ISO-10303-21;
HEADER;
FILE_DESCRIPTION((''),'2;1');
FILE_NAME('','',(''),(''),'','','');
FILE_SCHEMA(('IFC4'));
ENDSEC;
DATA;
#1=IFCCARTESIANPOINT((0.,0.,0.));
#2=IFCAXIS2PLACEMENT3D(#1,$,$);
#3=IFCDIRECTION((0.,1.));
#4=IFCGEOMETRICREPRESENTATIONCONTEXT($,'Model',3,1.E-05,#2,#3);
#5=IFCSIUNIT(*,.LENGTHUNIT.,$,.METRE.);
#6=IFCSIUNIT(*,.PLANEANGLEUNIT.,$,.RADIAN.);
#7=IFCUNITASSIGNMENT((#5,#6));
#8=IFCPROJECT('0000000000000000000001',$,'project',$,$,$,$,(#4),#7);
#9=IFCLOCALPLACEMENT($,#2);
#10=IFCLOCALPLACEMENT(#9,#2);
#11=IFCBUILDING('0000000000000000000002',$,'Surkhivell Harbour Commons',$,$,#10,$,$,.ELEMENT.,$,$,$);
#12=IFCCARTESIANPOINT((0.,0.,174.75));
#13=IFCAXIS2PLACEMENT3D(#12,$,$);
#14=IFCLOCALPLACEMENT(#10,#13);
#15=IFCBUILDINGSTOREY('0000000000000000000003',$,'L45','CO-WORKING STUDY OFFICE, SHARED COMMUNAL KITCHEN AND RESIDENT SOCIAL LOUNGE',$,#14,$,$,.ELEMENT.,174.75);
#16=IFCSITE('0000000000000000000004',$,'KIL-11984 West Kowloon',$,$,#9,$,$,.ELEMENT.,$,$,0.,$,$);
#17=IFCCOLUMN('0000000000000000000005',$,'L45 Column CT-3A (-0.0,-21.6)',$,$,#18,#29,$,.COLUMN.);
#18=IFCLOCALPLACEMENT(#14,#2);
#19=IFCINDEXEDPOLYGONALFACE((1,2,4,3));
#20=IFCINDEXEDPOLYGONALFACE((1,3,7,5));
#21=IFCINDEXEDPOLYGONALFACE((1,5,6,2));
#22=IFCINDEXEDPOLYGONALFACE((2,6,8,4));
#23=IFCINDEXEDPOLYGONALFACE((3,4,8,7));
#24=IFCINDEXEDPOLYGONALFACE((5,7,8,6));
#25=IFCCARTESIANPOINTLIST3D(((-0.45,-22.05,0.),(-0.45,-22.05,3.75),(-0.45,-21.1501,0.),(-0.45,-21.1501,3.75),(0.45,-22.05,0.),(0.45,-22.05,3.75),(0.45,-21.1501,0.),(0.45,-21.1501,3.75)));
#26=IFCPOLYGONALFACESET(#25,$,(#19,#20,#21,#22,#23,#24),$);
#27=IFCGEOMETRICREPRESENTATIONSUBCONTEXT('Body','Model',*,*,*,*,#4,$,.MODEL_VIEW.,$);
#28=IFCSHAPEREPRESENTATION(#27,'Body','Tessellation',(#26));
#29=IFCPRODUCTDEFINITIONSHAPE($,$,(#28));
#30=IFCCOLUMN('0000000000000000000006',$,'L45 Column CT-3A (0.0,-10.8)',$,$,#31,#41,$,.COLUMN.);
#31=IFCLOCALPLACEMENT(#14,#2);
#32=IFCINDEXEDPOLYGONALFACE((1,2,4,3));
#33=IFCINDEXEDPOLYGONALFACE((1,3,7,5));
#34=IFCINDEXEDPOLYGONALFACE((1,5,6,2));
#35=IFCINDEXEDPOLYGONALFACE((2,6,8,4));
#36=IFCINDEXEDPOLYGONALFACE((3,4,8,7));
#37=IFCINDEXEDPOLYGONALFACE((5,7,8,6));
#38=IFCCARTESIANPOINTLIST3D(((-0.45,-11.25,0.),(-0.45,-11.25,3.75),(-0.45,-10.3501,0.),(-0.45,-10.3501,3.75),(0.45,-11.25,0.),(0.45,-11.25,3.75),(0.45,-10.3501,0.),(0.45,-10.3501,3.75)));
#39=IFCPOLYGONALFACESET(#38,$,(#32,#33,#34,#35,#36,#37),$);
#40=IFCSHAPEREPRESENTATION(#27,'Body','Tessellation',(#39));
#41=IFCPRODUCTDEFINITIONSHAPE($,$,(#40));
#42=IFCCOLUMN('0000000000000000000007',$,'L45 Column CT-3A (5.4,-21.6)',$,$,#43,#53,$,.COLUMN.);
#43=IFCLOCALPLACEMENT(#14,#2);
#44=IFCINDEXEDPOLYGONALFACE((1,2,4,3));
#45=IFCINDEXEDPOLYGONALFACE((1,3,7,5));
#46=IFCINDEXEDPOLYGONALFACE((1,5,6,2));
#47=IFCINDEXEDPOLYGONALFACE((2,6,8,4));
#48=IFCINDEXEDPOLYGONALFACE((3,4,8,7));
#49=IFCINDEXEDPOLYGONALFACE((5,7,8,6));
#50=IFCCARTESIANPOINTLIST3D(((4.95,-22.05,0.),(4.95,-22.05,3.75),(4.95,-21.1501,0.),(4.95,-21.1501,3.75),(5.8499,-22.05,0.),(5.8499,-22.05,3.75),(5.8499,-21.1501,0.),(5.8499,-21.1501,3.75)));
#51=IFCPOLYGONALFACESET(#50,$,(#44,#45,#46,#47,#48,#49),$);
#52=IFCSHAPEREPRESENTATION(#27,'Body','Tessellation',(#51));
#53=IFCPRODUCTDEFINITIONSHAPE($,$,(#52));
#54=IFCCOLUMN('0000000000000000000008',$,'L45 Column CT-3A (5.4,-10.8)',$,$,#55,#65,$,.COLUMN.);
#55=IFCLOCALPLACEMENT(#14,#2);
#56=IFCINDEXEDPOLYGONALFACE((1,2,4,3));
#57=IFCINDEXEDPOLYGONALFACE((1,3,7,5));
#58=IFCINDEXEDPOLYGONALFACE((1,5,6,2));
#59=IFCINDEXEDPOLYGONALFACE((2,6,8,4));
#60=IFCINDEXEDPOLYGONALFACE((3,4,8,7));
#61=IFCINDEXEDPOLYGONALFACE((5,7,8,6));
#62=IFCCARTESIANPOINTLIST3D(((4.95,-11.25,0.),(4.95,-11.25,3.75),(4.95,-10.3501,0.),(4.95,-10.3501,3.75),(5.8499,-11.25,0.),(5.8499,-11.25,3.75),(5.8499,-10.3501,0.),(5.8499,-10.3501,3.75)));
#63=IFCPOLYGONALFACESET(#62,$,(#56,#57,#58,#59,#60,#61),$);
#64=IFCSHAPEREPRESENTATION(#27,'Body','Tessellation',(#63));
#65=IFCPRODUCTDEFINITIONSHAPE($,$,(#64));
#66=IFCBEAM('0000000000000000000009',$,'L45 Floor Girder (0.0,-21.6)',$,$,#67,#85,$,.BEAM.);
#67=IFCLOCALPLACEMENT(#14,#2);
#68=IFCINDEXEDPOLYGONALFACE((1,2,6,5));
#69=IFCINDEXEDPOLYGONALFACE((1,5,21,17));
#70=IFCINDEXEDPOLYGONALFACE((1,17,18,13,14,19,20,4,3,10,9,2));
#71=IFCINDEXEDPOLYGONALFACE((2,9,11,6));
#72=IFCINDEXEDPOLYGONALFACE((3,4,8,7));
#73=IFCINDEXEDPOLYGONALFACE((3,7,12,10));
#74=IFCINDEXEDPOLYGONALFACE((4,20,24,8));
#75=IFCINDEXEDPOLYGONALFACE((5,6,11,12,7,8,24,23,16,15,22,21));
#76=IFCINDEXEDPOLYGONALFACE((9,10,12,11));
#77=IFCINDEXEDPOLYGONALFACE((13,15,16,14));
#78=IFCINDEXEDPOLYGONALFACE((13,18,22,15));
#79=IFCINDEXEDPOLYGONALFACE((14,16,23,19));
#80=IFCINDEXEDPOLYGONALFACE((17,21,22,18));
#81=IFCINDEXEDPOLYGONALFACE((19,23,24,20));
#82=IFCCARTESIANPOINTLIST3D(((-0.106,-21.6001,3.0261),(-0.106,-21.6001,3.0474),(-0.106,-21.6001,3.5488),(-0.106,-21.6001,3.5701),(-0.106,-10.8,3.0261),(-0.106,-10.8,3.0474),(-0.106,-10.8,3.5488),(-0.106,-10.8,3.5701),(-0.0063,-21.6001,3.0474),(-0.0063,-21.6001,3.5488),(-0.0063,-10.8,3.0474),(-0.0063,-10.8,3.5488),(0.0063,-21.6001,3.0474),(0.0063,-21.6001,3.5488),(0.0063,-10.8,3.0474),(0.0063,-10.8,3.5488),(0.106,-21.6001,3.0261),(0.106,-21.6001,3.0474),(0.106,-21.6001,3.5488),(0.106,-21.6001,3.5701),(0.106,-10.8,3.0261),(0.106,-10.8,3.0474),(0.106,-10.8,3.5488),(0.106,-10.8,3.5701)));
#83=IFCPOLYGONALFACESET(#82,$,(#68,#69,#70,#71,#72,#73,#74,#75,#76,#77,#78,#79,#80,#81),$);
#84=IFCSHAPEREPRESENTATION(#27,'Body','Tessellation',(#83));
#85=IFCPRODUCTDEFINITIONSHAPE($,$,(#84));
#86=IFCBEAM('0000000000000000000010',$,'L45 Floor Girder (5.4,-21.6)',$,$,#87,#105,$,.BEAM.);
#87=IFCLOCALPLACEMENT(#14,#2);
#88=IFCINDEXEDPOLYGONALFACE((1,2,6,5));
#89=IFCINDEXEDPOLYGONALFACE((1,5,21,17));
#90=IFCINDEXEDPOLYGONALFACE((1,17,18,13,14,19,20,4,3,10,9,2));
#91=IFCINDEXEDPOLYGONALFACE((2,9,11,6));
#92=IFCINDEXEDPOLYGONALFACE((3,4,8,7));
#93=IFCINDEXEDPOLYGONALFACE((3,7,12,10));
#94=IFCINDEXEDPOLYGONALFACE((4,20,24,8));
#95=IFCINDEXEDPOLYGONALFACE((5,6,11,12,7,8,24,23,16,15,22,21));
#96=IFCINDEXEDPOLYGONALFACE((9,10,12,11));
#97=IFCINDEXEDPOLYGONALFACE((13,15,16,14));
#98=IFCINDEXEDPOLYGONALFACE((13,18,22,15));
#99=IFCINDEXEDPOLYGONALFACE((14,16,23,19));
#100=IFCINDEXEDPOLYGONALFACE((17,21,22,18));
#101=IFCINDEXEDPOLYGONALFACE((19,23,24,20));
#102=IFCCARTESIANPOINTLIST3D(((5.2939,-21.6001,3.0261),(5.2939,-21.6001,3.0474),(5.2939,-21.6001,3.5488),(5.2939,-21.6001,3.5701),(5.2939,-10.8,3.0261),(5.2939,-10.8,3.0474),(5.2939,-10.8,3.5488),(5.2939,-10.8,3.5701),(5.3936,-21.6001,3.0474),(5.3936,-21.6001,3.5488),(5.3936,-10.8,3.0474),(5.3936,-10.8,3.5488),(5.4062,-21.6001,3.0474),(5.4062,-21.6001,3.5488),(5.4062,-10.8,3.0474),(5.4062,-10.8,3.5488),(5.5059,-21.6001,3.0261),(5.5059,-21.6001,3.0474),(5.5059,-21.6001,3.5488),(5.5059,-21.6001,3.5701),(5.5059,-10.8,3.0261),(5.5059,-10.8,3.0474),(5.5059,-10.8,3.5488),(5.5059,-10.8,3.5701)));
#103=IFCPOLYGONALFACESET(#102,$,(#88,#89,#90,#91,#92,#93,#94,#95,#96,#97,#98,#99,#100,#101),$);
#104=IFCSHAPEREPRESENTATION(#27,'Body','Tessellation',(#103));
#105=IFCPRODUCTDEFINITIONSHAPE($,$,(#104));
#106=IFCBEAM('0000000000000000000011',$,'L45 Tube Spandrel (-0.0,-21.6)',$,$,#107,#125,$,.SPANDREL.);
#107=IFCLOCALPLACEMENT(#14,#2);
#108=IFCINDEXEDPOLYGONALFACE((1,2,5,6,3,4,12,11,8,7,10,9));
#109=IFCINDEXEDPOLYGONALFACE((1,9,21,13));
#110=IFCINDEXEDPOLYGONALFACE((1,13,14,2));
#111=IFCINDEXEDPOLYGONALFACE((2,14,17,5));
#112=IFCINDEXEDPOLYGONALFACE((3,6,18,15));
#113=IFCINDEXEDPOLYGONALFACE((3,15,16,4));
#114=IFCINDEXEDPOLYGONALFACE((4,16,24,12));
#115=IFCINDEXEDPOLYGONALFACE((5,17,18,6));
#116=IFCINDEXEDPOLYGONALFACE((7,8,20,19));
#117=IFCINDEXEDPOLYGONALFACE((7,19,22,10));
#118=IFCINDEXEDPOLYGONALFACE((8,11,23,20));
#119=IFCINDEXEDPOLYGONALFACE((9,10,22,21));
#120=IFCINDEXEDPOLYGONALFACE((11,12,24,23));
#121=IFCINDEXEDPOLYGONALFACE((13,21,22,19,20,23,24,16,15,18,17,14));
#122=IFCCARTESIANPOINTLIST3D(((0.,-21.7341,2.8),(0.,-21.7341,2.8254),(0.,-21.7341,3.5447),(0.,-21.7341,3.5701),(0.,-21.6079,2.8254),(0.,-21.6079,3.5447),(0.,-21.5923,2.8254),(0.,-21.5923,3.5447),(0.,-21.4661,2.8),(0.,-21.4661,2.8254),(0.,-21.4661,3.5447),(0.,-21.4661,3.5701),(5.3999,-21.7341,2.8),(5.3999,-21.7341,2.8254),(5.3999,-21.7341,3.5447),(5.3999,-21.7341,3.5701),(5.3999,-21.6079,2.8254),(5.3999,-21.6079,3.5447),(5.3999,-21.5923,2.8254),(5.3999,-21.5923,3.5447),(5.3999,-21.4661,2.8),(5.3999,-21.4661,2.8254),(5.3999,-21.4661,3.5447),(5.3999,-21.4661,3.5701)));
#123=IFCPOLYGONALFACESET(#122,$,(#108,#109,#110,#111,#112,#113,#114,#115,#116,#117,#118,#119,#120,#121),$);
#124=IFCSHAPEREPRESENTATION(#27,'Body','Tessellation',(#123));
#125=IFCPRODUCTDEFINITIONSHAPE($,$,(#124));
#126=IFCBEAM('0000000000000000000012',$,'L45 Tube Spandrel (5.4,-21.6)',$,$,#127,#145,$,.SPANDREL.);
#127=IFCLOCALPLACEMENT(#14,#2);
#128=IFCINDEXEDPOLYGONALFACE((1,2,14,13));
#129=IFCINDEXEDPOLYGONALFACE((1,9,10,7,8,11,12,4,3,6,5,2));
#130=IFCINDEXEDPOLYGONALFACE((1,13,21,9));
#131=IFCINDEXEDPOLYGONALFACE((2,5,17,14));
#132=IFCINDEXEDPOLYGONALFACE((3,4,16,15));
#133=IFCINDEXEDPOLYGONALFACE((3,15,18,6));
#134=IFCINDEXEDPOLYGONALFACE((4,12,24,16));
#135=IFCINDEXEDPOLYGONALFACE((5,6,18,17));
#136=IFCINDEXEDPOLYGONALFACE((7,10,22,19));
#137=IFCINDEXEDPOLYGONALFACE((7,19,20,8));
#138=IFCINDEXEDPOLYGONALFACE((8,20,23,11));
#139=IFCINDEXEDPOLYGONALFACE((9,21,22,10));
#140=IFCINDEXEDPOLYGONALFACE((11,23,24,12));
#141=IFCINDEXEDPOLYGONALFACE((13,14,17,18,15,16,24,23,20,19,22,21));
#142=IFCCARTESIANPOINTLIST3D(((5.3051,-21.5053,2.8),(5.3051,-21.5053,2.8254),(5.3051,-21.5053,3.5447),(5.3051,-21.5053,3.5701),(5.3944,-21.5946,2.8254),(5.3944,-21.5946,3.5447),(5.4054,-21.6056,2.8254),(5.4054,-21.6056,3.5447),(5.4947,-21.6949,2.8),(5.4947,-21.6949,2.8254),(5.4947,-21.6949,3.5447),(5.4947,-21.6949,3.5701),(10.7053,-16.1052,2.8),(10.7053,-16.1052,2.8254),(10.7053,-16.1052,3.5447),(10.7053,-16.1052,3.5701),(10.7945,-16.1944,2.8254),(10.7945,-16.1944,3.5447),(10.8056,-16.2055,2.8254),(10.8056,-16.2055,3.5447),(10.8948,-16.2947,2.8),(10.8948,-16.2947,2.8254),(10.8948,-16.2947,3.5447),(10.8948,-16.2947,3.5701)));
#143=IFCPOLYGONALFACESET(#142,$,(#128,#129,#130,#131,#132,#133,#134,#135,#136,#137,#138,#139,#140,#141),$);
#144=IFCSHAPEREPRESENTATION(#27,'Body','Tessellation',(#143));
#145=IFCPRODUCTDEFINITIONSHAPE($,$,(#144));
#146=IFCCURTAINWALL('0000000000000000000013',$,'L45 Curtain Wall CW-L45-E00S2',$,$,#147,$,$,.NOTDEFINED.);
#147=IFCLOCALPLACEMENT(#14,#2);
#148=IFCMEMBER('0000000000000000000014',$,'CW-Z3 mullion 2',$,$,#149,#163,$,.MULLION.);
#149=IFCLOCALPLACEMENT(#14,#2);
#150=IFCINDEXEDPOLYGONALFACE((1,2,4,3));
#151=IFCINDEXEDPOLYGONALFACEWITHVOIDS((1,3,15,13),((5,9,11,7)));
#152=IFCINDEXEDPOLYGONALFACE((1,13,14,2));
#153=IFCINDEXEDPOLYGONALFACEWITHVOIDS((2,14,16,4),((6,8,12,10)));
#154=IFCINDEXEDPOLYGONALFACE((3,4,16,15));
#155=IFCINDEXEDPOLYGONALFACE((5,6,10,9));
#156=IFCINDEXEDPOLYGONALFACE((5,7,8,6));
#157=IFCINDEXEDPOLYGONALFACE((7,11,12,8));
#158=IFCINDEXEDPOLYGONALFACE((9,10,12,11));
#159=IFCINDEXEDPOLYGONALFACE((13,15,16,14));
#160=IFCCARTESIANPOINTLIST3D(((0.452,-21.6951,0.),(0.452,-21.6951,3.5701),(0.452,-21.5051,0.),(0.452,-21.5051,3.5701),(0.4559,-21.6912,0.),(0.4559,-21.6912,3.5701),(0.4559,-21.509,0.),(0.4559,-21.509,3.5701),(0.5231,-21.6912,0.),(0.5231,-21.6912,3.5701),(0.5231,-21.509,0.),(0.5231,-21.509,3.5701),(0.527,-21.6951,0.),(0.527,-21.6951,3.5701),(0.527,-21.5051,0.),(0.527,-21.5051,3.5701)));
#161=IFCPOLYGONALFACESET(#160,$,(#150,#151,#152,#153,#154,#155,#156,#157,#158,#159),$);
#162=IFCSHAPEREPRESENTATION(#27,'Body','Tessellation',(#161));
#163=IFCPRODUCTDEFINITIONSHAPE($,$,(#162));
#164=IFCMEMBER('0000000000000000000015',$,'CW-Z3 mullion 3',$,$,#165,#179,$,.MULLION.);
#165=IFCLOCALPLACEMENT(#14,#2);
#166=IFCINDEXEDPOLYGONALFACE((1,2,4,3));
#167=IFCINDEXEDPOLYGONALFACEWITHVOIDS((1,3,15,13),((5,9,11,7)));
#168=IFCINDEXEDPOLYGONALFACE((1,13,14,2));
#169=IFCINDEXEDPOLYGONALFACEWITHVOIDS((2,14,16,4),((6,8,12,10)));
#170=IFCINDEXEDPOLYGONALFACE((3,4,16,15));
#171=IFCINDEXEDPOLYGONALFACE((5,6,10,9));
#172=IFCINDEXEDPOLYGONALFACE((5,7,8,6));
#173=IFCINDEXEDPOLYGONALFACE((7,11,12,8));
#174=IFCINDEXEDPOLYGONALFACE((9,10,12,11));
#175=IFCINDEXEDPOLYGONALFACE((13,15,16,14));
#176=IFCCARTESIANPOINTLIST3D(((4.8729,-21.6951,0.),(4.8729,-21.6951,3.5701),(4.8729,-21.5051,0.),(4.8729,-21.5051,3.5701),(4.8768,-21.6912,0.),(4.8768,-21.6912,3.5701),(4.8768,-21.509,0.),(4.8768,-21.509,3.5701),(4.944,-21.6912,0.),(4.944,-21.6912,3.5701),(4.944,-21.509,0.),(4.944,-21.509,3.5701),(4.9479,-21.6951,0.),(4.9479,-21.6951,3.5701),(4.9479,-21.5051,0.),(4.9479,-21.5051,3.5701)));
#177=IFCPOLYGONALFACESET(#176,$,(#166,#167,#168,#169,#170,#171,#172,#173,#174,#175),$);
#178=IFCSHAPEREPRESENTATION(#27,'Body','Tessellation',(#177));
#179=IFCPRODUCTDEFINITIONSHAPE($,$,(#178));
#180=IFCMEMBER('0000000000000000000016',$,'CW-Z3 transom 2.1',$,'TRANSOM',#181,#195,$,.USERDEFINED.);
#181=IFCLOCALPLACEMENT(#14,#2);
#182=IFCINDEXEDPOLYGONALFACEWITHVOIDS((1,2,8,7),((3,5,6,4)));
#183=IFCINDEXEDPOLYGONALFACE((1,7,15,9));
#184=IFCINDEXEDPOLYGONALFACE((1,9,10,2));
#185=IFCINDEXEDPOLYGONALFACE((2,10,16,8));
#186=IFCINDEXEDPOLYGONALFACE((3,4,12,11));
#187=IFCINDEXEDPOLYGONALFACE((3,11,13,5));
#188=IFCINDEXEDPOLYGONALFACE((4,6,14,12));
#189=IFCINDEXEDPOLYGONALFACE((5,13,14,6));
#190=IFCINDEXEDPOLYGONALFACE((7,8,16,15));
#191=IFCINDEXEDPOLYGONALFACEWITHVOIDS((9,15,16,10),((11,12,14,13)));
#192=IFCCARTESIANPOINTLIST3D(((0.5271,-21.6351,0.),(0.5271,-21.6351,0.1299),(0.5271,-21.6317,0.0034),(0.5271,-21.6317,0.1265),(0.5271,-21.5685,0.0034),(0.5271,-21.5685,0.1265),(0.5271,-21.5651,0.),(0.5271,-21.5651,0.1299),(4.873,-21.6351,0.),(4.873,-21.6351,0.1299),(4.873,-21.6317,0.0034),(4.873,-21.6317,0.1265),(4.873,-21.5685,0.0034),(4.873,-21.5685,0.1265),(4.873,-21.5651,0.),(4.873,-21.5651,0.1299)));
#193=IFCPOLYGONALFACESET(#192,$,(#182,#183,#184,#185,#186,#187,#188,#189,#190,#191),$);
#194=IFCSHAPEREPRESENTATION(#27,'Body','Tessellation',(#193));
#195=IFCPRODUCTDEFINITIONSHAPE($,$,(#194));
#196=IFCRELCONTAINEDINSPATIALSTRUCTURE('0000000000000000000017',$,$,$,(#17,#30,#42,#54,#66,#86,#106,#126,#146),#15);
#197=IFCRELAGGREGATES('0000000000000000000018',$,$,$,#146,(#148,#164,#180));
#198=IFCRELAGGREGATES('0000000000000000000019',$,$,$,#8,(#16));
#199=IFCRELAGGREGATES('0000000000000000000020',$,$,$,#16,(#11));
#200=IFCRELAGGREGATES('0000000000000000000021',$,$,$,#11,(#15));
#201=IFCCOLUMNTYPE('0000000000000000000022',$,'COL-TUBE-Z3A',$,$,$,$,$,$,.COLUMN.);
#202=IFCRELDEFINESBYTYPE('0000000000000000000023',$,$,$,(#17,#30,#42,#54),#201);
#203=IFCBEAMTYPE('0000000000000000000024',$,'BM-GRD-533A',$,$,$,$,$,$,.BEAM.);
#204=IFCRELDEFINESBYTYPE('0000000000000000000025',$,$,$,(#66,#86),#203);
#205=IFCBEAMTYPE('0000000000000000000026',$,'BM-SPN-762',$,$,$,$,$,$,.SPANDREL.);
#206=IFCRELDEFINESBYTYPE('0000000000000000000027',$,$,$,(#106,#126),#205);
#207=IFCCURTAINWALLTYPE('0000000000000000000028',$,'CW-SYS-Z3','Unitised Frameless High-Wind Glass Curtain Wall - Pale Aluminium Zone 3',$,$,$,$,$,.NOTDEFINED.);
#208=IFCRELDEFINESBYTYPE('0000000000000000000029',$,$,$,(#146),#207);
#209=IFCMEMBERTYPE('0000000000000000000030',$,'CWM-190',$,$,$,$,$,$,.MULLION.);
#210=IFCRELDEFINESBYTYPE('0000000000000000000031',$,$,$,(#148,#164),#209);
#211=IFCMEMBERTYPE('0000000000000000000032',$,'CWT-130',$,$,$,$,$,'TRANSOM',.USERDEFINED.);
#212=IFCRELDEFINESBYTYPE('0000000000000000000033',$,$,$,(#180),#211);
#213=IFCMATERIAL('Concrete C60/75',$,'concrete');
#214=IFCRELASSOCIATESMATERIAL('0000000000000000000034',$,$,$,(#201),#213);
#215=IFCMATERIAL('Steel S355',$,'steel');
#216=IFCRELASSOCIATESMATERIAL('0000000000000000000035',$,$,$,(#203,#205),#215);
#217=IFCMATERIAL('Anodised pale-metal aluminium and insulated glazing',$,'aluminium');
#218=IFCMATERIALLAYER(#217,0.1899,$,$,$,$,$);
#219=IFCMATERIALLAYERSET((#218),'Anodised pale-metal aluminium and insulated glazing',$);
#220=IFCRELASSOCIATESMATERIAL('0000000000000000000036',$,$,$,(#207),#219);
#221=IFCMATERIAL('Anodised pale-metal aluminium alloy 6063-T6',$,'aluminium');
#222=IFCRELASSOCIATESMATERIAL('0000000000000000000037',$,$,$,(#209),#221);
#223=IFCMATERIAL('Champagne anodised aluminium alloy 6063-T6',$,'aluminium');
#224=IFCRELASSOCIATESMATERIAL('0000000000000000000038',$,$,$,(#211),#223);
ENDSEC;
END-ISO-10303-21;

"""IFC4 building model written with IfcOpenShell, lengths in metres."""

from ifc_helpers import new_model, si_unit, direction, frame, origin, origin_2d, place, context, subcontext, project, spatial, rectangle, hollow_rectangle, i_section, extrude, material, layer, layer_set, material_profile, profile_set, type_object, element, aggregate, save


model = new_model("IFC4")

# Units and contexts
model_context = context("Model", 3, precision=1e-05, world=origin(), true_north=direction((0.0, 1.0)))
body_context = subcontext(model_context, "Body", "Model", "MODEL_VIEW")
ifc_project = project(units=[si_unit("LENGTHUNIT", "METRE"), si_unit("PLANEANGLEUNIT", "RADIAN")], contexts=[model_context])

# Site, building, storey
site_placement = place(None, origin())
site = spatial("IfcSite", under=ifc_project, at=site_placement, Name="KIL-11984 West Kowloon", CompositionType="ELEMENT", RefElevation=0.0)
building_placement = place(site_placement, origin())
building = spatial("IfcBuilding", under=site, at=building_placement, Name="Surkhivell Harbour Commons", CompositionType="ELEMENT")
storey_placement = place(building_placement, frame((0.0, 0.0, 174.75)))
storey = spatial("IfcBuildingStorey", under=building, at=storey_placement, Name="L45", Description="CO-WORKING STUDY OFFICE, SHARED COMMUNAL KITCHEN AND RESIDENT SOCIAL LOUNGE", CompositionType="ELEMENT", Elevation=174.75)

# Columns
ifc_material_1 = material(Name="Concrete C60/75", Category="concrete")
ifc_material_profile_1 = material_profile(ifc_material_1, rectangle(XDim=0.8999, YDim=0.8999, at=origin_2d()), Name="RC-COL-900x900")
ifc_profile_set_1 = profile_set([ifc_material_profile_1], Name="Concrete C60/75")
column_type = type_object("IfcColumnType", Name="COL-TUBE-Z3A", PredefinedType="COLUMN", material=ifc_profile_set_1)
for number, where, z_axis, x_axis, name in (
    (1, (0.0, -21.6001, 0.0), (0.0, 0.0, 1.0), (1.0, 0.0, 0.0), "L45 Column CT-3A (-0.0,-21.6)"),
    (2, (0.0, -10.8, 0.0), (0.0, 0.0, 1.0), (1.0, 0.0, 0.0), "L45 Column CT-3A (0.0,-10.8)"),
    (3, (5.3999, -21.6001, 0.0), (0.0, 0.0, 1.0), (1.0, 0.0, 0.0), "L45 Column CT-3A (5.4,-21.6)"),
    (4, (5.3999, -10.8, 0.0), (0.0, 0.0, 1.0), (1.0, 0.0, 0.0), "L45 Column CT-3A (5.4,-10.8)"),
):
    element("IfcColumn", number, at=place(storey_placement, frame(where, z_axis=z_axis, x_axis=x_axis)), inside=storey, type_object=column_type, Name=name, PredefinedType="COLUMN", context=body_context, shape_type="SweptSolid", body=[
        extrude(rectangle(XDim=0.8999, YDim=0.8999, at=origin_2d()), origin(), (0.0, 0.0, 1.0), 3.75),
    ])

# Beams
ifc_material_2 = material(Name="Steel S355", Category="steel")
ifc_material_profile_2 = material_profile(ifc_material_2, i_section(OverallWidth=0.2119, OverallDepth=0.5439, WebThickness=0.0127, FlangeThickness=0.0212, at=origin_2d()), Name="UB533x210x122")
ifc_profile_set_2 = profile_set([ifc_material_profile_2], Name="Steel S355")
beam_type_1 = type_object("IfcBeamType", Name="BM-GRD-533A", PredefinedType="BEAM", material=ifc_profile_set_2)
for number, where, z_axis, x_axis, name in (
    (5, (0.0, -21.6001, 3.2981), (0.0, 1.0, 0.0), (-1.0, 0.0, 0.0), "L45 Floor Girder (0.0,-21.6)"),
    (6, (5.3999, -21.6001, 3.2981), (0.0, 1.0, 0.0), (-1.0, 0.0, 0.0), "L45 Floor Girder (5.4,-21.6)"),
):
    element("IfcBeam", number, at=place(storey_placement, frame(where, z_axis=z_axis, x_axis=x_axis)), inside=storey, type_object=beam_type_1, Name=name, PredefinedType="BEAM", context=body_context, shape_type="SweptSolid", body=[
        extrude(i_section(OverallWidth=0.2119, OverallDepth=0.5439, WebThickness=0.0127, FlangeThickness=0.0212, at=origin_2d()), origin(), (0.0, 0.0, 1.0), 10.8),
    ])
ifc_material_profile_3 = material_profile(ifc_material_2, i_section(OverallWidth=0.2681, OverallDepth=0.77, WebThickness=0.0156, FlangeThickness=0.0254, at=origin_2d()), Name="UB762x267x197")
ifc_profile_set_3 = profile_set([ifc_material_profile_3], Name="Steel S355")
beam_type_2 = type_object("IfcBeamType", Name="BM-SPN-762", PredefinedType="SPANDREL", material=ifc_profile_set_3)
beam_1_placement = place(storey_placement, frame((0.0, -21.6001, 3.1851), z_axis=(1.0, 0.0, 0.0), x_axis=(0.0, 1.0, 0.0)))
element("IfcBeam", 7, at=beam_1_placement, inside=storey, type_object=beam_type_2, Name="L45 Tube Spandrel (-0.0,-21.6)", PredefinedType="SPANDREL", context=body_context, shape_type="SweptSolid", body=[
    extrude(i_section(OverallWidth=0.2681, OverallDepth=0.77, WebThickness=0.0156, FlangeThickness=0.0254, at=origin_2d()), origin(), (0.0, 0.0, 1.0), 5.3999),
])
beam_2_placement = place(storey_placement, frame((5.3999, -21.6001, 3.1851), z_axis=(0.707107, 0.707107, 0.0), x_axis=(-0.707107, 0.707107, 0.0)))
element("IfcBeam", 8, at=beam_2_placement, inside=storey, type_object=beam_type_2, Name="L45 Tube Spandrel (5.4,-21.6)", PredefinedType="SPANDREL", context=body_context, shape_type="SweptSolid", body=[
    extrude(i_section(OverallWidth=0.2681, OverallDepth=0.77, WebThickness=0.0156, FlangeThickness=0.0254, at=origin_2d()), origin(), (0.0, 0.0, 1.0), 7.637),
])

# Curtain wall, members
ifc_material_3 = material(Name="Anodised pale-metal aluminium and insulated glazing", Category="aluminium")
ifc_layer_1 = layer(ifc_material_3, 0.1899)
ifc_layer_set_1 = layer_set([ifc_layer_1], Name="Anodised pale-metal aluminium and insulated glazing")
curtain_wall_type = type_object("IfcCurtainWallType", Name="CW-SYS-Z3", Description="Unitised Frameless High-Wind Glass Curtain Wall - Pale Aluminium Zone 3", PredefinedType="NOTDEFINED", material=ifc_layer_set_1)
curtain_wall_placement = place(storey_placement, origin())
curtain_wall = element("IfcCurtainWall", 9, at=curtain_wall_placement, inside=storey, type_object=curtain_wall_type, Name="L45 Curtain Wall CW-L45-E00S2", PredefinedType="NOTDEFINED")
ifc_material_4 = material(Name="Anodised pale-metal aluminium alloy 6063-T6", Category="aluminium")
ifc_material_profile_4 = material_profile(ifc_material_4, hollow_rectangle(XDim=0.075, YDim=0.1899, WallThickness=0.0039, at=origin_2d()), Name="ALU-MULL-75x190")
ifc_profile_set_4 = profile_set([ifc_material_profile_4], Name="Anodised pale-metal aluminium alloy 6063-T6")
member_type_1 = type_object("IfcMemberType", Name="CWM-190", PredefinedType="MULLION", material=ifc_profile_set_4)
member_1_placement = place(storey_placement, frame((0.4895, -21.6001, 0.0), z_axis=(0.0, 0.0, 1.0), x_axis=(1.0, 0.0, 0.0)))
member_1 = element("IfcMember", 10, at=member_1_placement, type_object=member_type_1, Name="CW-Z3 mullion 2", PredefinedType="MULLION", context=body_context, shape_type="SweptSolid", body=[
    extrude(hollow_rectangle(XDim=0.075, YDim=0.1899, WallThickness=0.0039, at=origin_2d()), origin(), (0.0, 0.0, 1.0), 3.5701),
])
member_2_placement = place(storey_placement, frame((4.9104, -21.6001, 0.0), z_axis=(0.0, 0.0, 1.0), x_axis=(1.0, 0.0, 0.0)))
member_2 = element("IfcMember", 11, at=member_2_placement, type_object=member_type_1, Name="CW-Z3 mullion 3", PredefinedType="MULLION", context=body_context, shape_type="SweptSolid", body=[
    extrude(hollow_rectangle(XDim=0.075, YDim=0.1899, WallThickness=0.0039, at=origin_2d()), origin(), (0.0, 0.0, 1.0), 3.5701),
])
ifc_material_5 = material(Name="Champagne anodised aluminium alloy 6063-T6", Category="aluminium")
ifc_material_profile_5 = material_profile(ifc_material_5, hollow_rectangle(XDim=0.0701, YDim=0.1299, WallThickness=0.0034, at=origin_2d()), Name="ALU-TRAN-70x130")
ifc_profile_set_5 = profile_set([ifc_material_profile_5], Name="Champagne anodised aluminium alloy 6063-T6")
member_type_2 = type_object("IfcMemberType", Name="CWT-130", ElementType="TRANSOM", PredefinedType="USERDEFINED", material=ifc_profile_set_5)
member_3_placement = place(storey_placement, frame((0.5271, -21.6001, 0.0649), z_axis=(1.0, 0.0, 0.0), x_axis=(0.0, 1.0, 0.0)))
member_3 = element("IfcMember", 12, at=member_3_placement, type_object=member_type_2, Name="CW-Z3 transom 2.1", ObjectType="TRANSOM", PredefinedType="USERDEFINED", context=body_context, shape_type="SweptSolid", body=[
    extrude(hollow_rectangle(XDim=0.0701, YDim=0.1299, WallThickness=0.0034, at=origin_2d()), origin(), (0.0, 0.0, 1.0), 4.3459),
])
aggregate(curtain_wall, [member_1, member_2, member_3])

save(model, "model.ifc")
